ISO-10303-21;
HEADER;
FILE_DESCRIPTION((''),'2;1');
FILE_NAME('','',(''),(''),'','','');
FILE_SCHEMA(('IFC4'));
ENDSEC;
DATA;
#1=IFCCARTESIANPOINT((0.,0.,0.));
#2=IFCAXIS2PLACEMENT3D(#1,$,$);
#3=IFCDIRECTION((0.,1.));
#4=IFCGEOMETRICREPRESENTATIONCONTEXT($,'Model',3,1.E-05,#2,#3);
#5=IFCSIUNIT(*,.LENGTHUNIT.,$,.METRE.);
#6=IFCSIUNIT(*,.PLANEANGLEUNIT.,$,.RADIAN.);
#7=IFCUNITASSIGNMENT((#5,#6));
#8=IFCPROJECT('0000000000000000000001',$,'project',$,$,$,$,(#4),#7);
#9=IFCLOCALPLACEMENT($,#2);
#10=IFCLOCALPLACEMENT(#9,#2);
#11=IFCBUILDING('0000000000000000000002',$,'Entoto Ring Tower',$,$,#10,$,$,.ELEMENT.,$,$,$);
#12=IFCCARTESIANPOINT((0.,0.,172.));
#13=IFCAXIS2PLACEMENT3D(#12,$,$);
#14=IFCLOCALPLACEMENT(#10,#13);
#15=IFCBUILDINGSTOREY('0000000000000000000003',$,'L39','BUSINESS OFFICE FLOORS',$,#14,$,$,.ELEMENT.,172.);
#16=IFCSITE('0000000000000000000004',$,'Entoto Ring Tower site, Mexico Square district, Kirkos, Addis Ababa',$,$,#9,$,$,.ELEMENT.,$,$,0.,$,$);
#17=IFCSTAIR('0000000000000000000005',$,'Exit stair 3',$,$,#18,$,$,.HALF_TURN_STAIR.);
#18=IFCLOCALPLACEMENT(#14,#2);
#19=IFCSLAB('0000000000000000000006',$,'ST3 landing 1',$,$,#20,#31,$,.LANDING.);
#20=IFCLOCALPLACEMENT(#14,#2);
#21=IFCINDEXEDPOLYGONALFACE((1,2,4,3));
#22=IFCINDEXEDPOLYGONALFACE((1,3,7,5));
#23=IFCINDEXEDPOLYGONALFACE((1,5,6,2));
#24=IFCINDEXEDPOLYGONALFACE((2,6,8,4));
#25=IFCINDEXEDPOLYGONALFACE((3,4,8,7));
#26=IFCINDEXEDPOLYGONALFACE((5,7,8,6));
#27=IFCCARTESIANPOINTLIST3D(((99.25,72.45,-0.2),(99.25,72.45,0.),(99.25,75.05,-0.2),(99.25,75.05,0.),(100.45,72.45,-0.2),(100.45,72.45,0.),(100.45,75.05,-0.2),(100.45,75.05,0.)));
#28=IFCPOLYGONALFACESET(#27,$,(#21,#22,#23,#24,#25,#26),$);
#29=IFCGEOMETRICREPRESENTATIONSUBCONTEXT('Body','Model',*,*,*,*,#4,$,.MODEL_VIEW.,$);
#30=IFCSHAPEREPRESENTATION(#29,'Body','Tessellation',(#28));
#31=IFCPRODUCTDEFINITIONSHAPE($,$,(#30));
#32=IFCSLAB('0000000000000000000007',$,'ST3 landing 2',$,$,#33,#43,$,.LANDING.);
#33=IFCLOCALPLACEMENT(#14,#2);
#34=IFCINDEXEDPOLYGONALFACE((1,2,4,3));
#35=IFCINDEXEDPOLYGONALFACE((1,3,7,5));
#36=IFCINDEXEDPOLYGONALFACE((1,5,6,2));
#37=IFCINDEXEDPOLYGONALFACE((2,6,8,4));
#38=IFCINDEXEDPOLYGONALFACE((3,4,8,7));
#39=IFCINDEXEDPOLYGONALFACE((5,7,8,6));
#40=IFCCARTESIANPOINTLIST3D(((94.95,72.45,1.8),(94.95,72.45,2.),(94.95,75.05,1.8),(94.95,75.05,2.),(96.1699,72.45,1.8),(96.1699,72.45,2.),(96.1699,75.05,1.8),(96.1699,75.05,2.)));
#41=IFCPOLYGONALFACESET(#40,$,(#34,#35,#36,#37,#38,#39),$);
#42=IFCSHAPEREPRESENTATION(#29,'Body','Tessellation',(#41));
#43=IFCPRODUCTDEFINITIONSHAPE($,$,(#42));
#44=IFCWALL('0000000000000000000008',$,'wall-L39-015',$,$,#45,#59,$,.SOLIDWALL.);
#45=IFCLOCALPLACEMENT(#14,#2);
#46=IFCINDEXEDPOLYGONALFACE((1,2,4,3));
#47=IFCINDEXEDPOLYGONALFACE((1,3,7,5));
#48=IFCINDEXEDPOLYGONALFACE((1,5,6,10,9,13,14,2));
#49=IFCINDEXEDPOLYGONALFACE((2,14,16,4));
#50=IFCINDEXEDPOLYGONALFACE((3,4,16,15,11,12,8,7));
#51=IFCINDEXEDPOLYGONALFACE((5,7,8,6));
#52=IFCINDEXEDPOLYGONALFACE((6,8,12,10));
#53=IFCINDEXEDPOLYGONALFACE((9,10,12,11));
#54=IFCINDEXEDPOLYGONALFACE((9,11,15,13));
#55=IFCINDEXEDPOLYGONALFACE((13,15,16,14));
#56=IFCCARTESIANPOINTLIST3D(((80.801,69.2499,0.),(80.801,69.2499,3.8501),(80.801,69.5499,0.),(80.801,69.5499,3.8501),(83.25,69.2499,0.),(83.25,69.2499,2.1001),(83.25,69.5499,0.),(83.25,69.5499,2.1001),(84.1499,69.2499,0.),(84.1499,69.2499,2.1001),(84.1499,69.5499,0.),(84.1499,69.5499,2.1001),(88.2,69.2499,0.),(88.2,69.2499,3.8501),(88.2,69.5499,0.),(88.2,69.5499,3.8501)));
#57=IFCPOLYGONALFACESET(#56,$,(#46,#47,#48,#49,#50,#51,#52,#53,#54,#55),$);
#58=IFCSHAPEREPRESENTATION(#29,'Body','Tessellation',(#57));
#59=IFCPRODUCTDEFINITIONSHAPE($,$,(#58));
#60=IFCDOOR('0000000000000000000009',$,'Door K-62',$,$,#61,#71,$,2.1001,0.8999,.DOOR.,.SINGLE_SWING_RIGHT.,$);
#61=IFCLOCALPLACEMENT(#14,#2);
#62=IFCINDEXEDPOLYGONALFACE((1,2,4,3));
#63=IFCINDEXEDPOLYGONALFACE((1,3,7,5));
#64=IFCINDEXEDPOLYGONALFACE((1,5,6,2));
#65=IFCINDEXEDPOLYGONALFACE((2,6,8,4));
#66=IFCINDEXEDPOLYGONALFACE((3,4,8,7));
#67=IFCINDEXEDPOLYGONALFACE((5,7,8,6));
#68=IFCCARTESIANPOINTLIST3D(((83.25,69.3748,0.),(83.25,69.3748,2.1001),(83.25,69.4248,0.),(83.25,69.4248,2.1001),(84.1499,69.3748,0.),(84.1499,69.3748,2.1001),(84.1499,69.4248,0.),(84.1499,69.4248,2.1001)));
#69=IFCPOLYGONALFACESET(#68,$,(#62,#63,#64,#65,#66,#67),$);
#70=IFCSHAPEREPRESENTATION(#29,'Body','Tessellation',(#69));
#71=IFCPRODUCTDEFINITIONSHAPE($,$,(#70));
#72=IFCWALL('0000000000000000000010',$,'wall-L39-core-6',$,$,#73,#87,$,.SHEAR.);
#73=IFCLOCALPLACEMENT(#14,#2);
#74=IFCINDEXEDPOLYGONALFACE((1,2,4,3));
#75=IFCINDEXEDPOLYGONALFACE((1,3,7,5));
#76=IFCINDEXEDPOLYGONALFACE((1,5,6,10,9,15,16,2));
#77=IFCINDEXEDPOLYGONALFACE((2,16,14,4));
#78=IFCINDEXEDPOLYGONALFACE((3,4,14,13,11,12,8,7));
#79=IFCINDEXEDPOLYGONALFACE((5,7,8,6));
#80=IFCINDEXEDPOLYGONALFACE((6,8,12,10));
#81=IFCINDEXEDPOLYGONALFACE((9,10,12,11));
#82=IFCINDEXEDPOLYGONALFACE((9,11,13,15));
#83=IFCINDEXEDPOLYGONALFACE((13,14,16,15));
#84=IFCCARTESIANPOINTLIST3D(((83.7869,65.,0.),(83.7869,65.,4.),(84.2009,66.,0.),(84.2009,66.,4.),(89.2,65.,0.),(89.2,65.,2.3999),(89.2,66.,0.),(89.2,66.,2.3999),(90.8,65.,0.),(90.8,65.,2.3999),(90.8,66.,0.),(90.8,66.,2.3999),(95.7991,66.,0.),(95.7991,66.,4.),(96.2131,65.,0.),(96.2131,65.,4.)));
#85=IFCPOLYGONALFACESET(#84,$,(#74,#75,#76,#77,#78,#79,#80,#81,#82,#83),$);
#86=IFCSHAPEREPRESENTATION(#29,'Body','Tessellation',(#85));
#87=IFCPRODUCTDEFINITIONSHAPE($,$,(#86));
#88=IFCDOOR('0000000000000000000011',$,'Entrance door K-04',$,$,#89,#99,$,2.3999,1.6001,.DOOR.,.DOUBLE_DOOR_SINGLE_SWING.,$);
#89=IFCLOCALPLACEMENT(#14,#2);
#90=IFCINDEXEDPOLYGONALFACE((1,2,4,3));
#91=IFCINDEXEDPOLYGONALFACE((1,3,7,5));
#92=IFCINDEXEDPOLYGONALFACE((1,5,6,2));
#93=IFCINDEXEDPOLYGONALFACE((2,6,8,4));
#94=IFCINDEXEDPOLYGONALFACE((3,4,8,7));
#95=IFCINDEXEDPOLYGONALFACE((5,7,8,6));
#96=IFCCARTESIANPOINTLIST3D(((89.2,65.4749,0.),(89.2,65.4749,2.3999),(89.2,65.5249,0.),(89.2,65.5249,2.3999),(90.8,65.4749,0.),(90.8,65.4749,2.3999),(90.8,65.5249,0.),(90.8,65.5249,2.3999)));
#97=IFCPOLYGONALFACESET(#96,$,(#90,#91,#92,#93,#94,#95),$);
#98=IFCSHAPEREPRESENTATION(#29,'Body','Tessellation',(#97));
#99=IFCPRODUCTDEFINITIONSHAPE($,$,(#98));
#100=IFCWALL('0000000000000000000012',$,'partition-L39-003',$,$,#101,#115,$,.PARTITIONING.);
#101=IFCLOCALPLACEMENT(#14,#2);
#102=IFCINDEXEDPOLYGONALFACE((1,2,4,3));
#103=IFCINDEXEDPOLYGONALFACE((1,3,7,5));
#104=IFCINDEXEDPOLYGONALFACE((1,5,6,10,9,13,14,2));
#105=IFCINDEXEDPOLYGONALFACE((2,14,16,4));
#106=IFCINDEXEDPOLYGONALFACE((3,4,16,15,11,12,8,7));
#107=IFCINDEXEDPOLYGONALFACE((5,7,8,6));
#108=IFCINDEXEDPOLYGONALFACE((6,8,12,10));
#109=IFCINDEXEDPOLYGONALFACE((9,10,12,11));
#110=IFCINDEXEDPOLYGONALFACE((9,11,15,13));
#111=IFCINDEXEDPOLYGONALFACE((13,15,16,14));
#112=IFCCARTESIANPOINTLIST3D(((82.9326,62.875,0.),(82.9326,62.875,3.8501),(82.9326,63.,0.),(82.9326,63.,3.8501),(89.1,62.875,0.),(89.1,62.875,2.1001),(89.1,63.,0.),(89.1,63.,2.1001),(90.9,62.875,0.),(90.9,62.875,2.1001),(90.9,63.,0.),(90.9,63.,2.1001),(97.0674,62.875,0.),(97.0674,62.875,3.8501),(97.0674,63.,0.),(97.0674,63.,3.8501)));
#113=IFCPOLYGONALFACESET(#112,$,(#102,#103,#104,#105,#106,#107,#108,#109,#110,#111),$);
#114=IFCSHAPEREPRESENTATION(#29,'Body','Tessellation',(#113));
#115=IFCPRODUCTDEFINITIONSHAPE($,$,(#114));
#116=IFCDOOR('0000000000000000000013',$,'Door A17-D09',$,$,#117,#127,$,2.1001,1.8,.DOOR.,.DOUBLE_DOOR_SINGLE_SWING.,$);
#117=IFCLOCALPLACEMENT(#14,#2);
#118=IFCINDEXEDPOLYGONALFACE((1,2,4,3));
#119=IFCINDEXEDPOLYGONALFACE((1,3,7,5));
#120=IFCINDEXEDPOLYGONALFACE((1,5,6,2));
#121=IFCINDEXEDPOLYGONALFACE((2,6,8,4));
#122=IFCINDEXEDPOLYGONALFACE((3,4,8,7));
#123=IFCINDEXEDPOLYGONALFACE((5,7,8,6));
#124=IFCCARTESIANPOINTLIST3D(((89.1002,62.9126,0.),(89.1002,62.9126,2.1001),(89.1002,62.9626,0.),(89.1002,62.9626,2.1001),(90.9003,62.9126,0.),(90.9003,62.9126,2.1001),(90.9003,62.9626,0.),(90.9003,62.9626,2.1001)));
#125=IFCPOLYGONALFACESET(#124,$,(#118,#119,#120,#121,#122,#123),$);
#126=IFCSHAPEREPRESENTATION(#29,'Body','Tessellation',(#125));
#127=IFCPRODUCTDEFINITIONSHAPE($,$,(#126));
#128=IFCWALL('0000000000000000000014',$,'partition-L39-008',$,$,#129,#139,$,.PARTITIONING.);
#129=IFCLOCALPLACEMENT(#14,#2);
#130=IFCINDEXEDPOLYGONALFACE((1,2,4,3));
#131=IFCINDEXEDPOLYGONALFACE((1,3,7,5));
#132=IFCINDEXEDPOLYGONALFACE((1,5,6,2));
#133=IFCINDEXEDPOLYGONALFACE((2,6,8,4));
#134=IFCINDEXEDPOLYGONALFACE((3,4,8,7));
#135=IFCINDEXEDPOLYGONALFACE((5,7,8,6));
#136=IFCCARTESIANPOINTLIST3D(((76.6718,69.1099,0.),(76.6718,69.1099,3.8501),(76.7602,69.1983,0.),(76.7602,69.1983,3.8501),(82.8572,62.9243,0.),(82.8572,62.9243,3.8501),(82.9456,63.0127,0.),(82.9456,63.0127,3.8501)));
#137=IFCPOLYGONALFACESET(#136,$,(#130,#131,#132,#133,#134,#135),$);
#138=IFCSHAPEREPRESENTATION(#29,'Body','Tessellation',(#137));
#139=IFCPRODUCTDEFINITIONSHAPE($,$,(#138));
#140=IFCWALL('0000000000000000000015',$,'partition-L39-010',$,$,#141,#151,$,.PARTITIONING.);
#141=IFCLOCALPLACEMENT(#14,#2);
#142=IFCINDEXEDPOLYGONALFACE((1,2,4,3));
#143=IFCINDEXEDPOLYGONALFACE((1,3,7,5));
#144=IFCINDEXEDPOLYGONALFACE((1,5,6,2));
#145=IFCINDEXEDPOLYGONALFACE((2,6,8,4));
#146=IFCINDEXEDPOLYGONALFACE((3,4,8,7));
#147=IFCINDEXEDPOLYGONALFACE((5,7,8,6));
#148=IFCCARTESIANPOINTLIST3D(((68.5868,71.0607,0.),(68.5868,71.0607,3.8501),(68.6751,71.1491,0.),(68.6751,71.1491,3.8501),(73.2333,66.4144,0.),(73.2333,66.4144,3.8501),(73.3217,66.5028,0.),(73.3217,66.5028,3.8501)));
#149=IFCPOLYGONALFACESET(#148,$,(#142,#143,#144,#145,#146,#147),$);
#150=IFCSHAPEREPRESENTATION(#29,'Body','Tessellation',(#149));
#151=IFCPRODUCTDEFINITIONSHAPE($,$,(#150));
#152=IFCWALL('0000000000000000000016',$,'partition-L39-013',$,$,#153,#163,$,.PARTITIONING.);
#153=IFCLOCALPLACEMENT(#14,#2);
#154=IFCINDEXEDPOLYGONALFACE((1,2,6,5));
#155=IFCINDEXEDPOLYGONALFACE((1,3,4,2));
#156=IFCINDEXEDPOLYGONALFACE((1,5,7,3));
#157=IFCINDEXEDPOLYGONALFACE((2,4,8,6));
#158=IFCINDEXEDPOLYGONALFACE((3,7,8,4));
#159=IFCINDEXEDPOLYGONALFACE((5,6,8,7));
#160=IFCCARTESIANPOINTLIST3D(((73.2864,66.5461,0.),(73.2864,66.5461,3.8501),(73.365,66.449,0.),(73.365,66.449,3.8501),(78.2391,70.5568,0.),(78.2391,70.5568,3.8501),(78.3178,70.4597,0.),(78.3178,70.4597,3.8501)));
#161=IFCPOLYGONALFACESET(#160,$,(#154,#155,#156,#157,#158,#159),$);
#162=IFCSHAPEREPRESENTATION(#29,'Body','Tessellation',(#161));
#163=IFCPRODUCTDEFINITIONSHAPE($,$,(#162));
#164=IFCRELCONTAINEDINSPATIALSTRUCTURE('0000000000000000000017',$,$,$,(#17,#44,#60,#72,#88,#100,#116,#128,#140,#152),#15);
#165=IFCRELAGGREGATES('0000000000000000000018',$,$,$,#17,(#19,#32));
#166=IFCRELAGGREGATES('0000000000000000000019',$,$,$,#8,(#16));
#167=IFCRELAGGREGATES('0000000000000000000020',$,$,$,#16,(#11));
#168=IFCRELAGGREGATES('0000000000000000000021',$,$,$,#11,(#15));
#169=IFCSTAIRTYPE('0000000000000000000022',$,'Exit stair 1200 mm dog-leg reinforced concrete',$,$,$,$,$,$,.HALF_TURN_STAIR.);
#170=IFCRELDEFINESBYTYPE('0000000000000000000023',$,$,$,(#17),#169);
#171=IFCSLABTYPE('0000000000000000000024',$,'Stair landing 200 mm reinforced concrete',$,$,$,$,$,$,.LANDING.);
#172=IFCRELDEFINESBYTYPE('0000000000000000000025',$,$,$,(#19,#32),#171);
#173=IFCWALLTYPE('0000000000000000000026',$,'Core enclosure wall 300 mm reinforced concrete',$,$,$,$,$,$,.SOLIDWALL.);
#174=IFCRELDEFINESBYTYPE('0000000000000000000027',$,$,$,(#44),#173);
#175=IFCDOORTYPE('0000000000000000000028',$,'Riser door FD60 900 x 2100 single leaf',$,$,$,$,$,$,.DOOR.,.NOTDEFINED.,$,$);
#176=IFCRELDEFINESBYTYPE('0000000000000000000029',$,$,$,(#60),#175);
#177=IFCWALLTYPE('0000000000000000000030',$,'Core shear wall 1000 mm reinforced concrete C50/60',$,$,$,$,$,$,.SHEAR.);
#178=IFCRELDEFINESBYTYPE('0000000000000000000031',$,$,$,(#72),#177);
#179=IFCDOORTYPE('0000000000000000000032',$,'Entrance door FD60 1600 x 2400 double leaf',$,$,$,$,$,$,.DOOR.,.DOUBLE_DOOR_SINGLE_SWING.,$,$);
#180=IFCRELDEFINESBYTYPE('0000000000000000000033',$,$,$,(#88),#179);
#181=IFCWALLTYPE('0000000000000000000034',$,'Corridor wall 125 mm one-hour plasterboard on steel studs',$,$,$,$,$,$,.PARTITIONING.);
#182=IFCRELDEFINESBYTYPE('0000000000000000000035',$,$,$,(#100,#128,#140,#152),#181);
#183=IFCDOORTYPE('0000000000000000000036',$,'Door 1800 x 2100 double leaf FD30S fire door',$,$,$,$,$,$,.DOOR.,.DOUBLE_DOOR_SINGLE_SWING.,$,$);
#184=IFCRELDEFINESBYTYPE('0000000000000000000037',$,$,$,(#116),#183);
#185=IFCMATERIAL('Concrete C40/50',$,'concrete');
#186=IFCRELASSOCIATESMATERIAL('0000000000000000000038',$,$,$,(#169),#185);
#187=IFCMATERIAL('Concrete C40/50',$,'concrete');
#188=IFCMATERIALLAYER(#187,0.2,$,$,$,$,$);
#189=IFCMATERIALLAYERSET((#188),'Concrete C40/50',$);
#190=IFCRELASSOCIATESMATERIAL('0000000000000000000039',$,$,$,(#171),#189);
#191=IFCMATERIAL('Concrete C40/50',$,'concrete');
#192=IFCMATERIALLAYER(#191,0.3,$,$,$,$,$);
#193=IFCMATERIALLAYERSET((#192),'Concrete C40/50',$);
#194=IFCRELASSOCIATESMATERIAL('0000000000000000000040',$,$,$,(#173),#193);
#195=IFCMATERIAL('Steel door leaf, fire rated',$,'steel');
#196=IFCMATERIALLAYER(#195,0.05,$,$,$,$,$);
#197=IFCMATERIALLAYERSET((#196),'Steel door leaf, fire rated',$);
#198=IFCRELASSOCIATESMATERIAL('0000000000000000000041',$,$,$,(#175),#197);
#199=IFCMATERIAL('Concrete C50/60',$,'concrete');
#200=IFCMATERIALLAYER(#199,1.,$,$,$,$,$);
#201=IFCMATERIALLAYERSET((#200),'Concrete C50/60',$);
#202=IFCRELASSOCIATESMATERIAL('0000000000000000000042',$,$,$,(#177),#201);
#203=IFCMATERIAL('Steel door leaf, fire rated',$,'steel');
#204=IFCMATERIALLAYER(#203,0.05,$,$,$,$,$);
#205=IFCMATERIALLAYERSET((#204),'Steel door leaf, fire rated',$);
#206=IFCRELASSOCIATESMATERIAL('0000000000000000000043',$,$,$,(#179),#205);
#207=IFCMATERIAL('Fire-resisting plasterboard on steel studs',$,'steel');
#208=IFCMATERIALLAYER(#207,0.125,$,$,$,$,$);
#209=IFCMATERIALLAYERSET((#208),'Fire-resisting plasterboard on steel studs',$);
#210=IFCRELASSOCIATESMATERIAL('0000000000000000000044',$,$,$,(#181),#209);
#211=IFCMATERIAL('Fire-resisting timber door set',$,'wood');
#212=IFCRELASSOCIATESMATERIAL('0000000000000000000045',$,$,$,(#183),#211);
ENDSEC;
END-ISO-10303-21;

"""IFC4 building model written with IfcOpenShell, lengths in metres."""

from ifc_helpers import new_model, si_unit, direction, frame, frame_2d, origin, place, context, subcontext, project, spatial, polyline, rectangle, outline, extrude, material, layer, layer_set, type_object, element, fill, aggregate, save


model = new_model("IFC4")

# Units and contexts
model_context = context("Model", 3, precision=1e-05, world=origin(), true_north=direction((0.0, 1.0)))
body_context = subcontext(model_context, "Body", "Model", "MODEL_VIEW")
ifc_project = project(units=[si_unit("LENGTHUNIT", "METRE"), si_unit("PLANEANGLEUNIT", "RADIAN")], contexts=[model_context])

# Site, building, storey
site_placement = place(None, origin())
site = spatial("IfcSite", under=ifc_project, at=site_placement, Name="Entoto Ring Tower site, Mexico Square district, Kirkos, Addis Ababa", CompositionType="ELEMENT", RefElevation=0.0)
building_placement = place(site_placement, origin())
building = spatial("IfcBuilding", under=site, at=building_placement, Name="Entoto Ring Tower", CompositionType="ELEMENT")
storey_placement = place(building_placement, frame((0.0, 0.0, 172.0)))
storey = spatial("IfcBuildingStorey", under=building, at=storey_placement, Name="L39", Description="BUSINESS OFFICE FLOORS", CompositionType="ELEMENT", Elevation=172.0)

# Stair, slabs
ifc_material_1 = material(Name="Concrete C40/50", Category="concrete")
stair_type = type_object("IfcStairType", Name="Exit stair 1200 mm dog-leg reinforced concrete", PredefinedType="HALF_TURN_STAIR", material=ifc_material_1)
stair_placement = place(storey_placement, origin())
stair = element("IfcStair", 1, at=stair_placement, inside=storey, type_object=stair_type, Name="Exit stair 3", PredefinedType="HALF_TURN_STAIR")
ifc_material_2 = material(Name="Concrete C40/50", Category="concrete")
ifc_layer_1 = layer(ifc_material_2, 0.2)
ifc_layer_set_1 = layer_set([ifc_layer_1], Name="Concrete C40/50")
slab_type_1 = type_object("IfcSlabType", Name="Stair landing 200 mm reinforced concrete", PredefinedType="LANDING", material=ifc_layer_set_1)
slab_1_placement = place(storey_placement, frame((0.0, 0.0, -0.2)))
slab_1 = element("IfcSlab", 2, at=slab_1_placement, type_object=slab_type_1, Name="ST3 landing 1", PredefinedType="LANDING", context=body_context, shape_type="SweptSolid", body=[
    extrude(outline(polyline([(100.45, 72.45), (100.45, 75.05), (99.25, 75.05), (99.25, 72.45), (100.45, 72.45)])), origin(), (0.0, 0.0, 1.0), 0.2),
])
slab_2_placement = place(storey_placement, frame((0.0, 0.0, 1.8)))
slab_2 = element("IfcSlab", 3, at=slab_2_placement, type_object=slab_type_1, Name="ST3 landing 2", PredefinedType="LANDING", context=body_context, shape_type="SweptSolid", body=[
    extrude(outline(polyline([(94.95, 72.45), (96.1699, 72.45), (96.1699, 75.05), (94.95, 75.05), (94.95, 72.45)])), origin(), (0.0, 0.0, 1.0), 0.2),
])
aggregate(stair, [slab_1, slab_2])

# Walls, openings, doors
ifc_material_3 = material(Name="Concrete C40/50", Category="concrete")
ifc_layer_2 = layer(ifc_material_3, 0.3)
ifc_layer_set_2 = layer_set([ifc_layer_2], Name="Concrete C40/50")
wall_type_1 = type_object("IfcWallType", Name="Core enclosure wall 300 mm reinforced concrete", PredefinedType="SOLIDWALL", material=ifc_layer_set_2)
wall_1_placement = place(storey_placement, frame((80.801, 69.3999, 0.0), z_axis=(0.0, 0.0, 1.0), x_axis=(1.0, 0.0, 0.0)))
wall_1 = element("IfcWall", 4, at=wall_1_placement, inside=storey, type_object=wall_type_1, Name="wall-L39-015", PredefinedType="SOLIDWALL", context=body_context, shape_type="SweptSolid", body=[
    extrude(rectangle(XDim=7.3989, YDim=0.3, at=frame_2d((3.6995, 0.0))), origin(), (0.0, 0.0, 1.0), 3.8501),
])
opening_1_placement = place(wall_1_placement, frame((2.449, 0.0, 0.0)))
opening_1 = element("IfcOpeningElement", 5, at=opening_1_placement, cuts=wall_1, PredefinedType="OPENING", context=body_context, shape_type="SweptSolid", body=[
    extrude(rectangle(XDim=0.8999, YDim=2.1001, at=frame_2d((0.45, 1.05))), frame((0.0, 0.1602, 0.0), z_axis=(0.0, -1.0, 0.0), x_axis=(1.0, 0.0, 0.0)), (0.0, 0.0, 1.0), 0.3201),
])
ifc_material_4 = material(Name="Steel door leaf, fire rated", Category="steel")
ifc_layer_3 = layer(ifc_material_4, 0.05)
ifc_layer_set_3 = layer_set([ifc_layer_3], Name="Steel door leaf, fire rated")
door_type_1 = type_object("IfcDoorType", Name="Riser door FD60 900 x 2100 single leaf", OperationType="NOTDEFINED", PredefinedType="DOOR", material=ifc_layer_set_3)
door_1_placement = place(opening_1_placement, origin())
door_1 = element("IfcDoor", 6, at=door_1_placement, inside=storey, type_object=door_type_1, Name="Door K-62", OperationType="SINGLE_SWING_RIGHT", OverallHeight=2.1001, OverallWidth=0.8999, PredefinedType="DOOR", context=body_context, shape_type="SweptSolid", body=[
    extrude(rectangle(XDim=0.8999, YDim=2.1001, at=frame_2d((0.45, 1.05))), frame((0.0, 0.0249, 0.0), z_axis=(0.0, -1.0, 0.0), x_axis=(1.0, 0.0, 0.0)), (0.0, 0.0, 1.0), 0.05),
])
fill(opening_1, door_1)
ifc_material_5 = material(Name="Concrete C50/60", Category="concrete")
ifc_layer_4 = layer(ifc_material_5, 1.0)
ifc_layer_set_4 = layer_set([ifc_layer_4], Name="Concrete C50/60")
wall_type_2 = type_object("IfcWallType", Name="Core shear wall 1000 mm reinforced concrete C50/60", PredefinedType="SHEAR", material=ifc_layer_set_4)
wall_2_placement = place(storey_placement, frame((83.9939, 65.5, 0.0), z_axis=(0.0, 0.0, 1.0), x_axis=(1.0, 0.0, 0.0)))
wall_2 = element("IfcWall", 7, at=wall_2_placement, inside=storey, type_object=wall_type_2, Name="wall-L39-core-6", PredefinedType="SHEAR", context=body_context, shape_type="SweptSolid", body=[
    extrude(outline(polyline([(-0.207, -0.5), (12.2192, -0.5), (11.8052, 0.5), (0.207, 0.5), (-0.207, -0.5)])), origin(), (0.0, 0.0, 1.0), 4.0),
])
opening_2_placement = place(wall_2_placement, frame((5.2061, 0.0, 0.0)))
opening_2 = element("IfcOpeningElement", 8, at=opening_2_placement, cuts=wall_2, PredefinedType="OPENING", context=body_context, shape_type="SweptSolid", body=[
    extrude(rectangle(XDim=1.6001, YDim=2.3999, at=frame_2d((0.8, 1.2))), frame((0.0, 0.51, 0.0), z_axis=(0.0, -1.0, 0.0), x_axis=(1.0, 0.0, 0.0)), (0.0, 0.0, 1.0), 1.02),
])
ifc_material_6 = material(Name="Steel door leaf, fire rated", Category="steel")
ifc_layer_5 = layer(ifc_material_6, 0.05)
ifc_layer_set_5 = layer_set([ifc_layer_5], Name="Steel door leaf, fire rated")
door_type_2 = type_object("IfcDoorType", Name="Entrance door FD60 1600 x 2400 double leaf", OperationType="DOUBLE_DOOR_SINGLE_SWING", PredefinedType="DOOR", material=ifc_layer_set_5)
door_2_placement = place(opening_2_placement, origin())
door_2 = element("IfcDoor", 9, at=door_2_placement, inside=storey, type_object=door_type_2, Name="Entrance door K-04", OperationType="DOUBLE_DOOR_SINGLE_SWING", OverallHeight=2.3999, OverallWidth=1.6001, PredefinedType="DOOR", context=body_context, shape_type="SweptSolid", body=[
    extrude(rectangle(XDim=1.6001, YDim=2.3999, at=frame_2d((0.8, 1.2))), frame((0.0, 0.0249, 0.0), z_axis=(0.0, -1.0, 0.0), x_axis=(1.0, 0.0, 0.0)), (0.0, 0.0, 1.0), 0.05),
])
fill(opening_2, door_2)
ifc_material_7 = material(Name="Fire-resisting plasterboard on steel studs", Category="steel")
ifc_layer_6 = layer(ifc_material_7, 0.125)
ifc_layer_set_6 = layer_set([ifc_layer_6], Name="Fire-resisting plasterboard on steel studs")
wall_type_3 = type_object("IfcWallType", Name="Corridor wall 125 mm one-hour plasterboard on steel studs", PredefinedType="PARTITIONING", material=ifc_layer_set_6)
wall_3_placement = place(storey_placement, frame((82.9326, 62.9375, 0.0), z_axis=(0.0, 0.0, 1.0), x_axis=(1.0, 0.0, 0.0)))
wall_3 = element("IfcWall", 10, at=wall_3_placement, inside=storey, type_object=wall_type_3, Name="partition-L39-003", PredefinedType="PARTITIONING", context=body_context, shape_type="SweptSolid", body=[
    extrude(rectangle(XDim=14.1348, YDim=0.125, at=frame_2d((7.0674, 0.0))), origin(), (0.0, 0.0, 1.0), 3.8501),
])
opening_3_placement = place(wall_3_placement, frame((6.1675, 0.0, 0.0)))
opening_3 = element("IfcOpeningElement", 11, at=opening_3_placement, cuts=wall_3, PredefinedType="OPENING", context=body_context, shape_type="SweptSolid", body=[
    extrude(rectangle(XDim=1.8, YDim=2.1001, at=frame_2d((0.8999, 1.05))), frame((0.0, 0.0725, 0.0), z_axis=(0.0, -1.0, 0.0), x_axis=(1.0, 0.0, 0.0)), (0.0, 0.0, 1.0), 0.145),
])
ifc_material_8 = material(Name="Fire-resisting timber door set", Category="wood")
door_type_3 = type_object("IfcDoorType", Name="Door 1800 x 2100 double leaf FD30S fire door", OperationType="DOUBLE_DOOR_SINGLE_SWING", PredefinedType="DOOR", material=ifc_material_8)
door_3_placement = place(opening_3_placement, frame((1.8, 0.0, 0.0), z_axis=(0.0, 0.0, 1.0), x_axis=(-1.0, 0.0, 0.0)))
door_3 = element("IfcDoor", 12, at=door_3_placement, inside=storey, type_object=door_type_3, Name="Door A17-D09", OperationType="DOUBLE_DOOR_SINGLE_SWING", OverallHeight=2.1001, OverallWidth=1.8, PredefinedType="DOOR", context=body_context, shape_type="SweptSolid", body=[
    extrude(rectangle(XDim=1.8, YDim=2.1001, at=frame_2d((0.8999, 1.05))), frame((0.0, 0.0249, 0.0), z_axis=(0.0, -1.0, 0.0), x_axis=(1.0, 0.0, 0.0)), (0.0, 0.0, 1.0), 0.05),
])
fill(opening_3, door_3)

# Walls
wall_4_placement = place(storey_placement, frame((82.9014, 62.9685, 0.0), z_axis=(0.0, 0.0, 1.0), x_axis=(-0.707093, 0.707121, 0.0)))
element("IfcWall", 13, at=wall_4_placement, inside=storey, type_object=wall_type_3, Name="partition-L39-008", PredefinedType="PARTITIONING", context=body_context, shape_type="SweptSolid", body=[
    extrude(rectangle(XDim=8.7476, YDim=0.125, at=frame_2d((4.3738, 0.0))), origin(), (0.0, 0.0, 1.0), 3.8501),
])
wall_5_placement = place(storey_placement, frame((73.2776, 66.4585, 0.0), z_axis=(0.0, 0.0, 1.0), x_axis=(-0.707125, 0.707088, 0.0)))
element("IfcWall", 14, at=wall_5_placement, inside=storey, type_object=wall_type_3, Name="partition-L39-010", PredefinedType="PARTITIONING", context=body_context, shape_type="SweptSolid", body=[
    extrude(rectangle(XDim=6.571, YDim=0.125, at=frame_2d((3.2856, 0.0))), origin(), (0.0, 0.0, 1.0), 3.8501),
])
wall_6_placement = place(storey_placement, frame((73.3257, 66.4976, 0.0), z_axis=(0.0, 0.0, 1.0), x_axis=(0.777148, 0.629318, 0.0)))
element("IfcWall", 15, at=wall_6_placement, inside=storey, type_object=wall_type_3, Name="partition-L39-013", PredefinedType="PARTITIONING", context=body_context, shape_type="SweptSolid", body=[
    extrude(rectangle(XDim=6.373, YDim=0.125, at=frame_2d((3.1865, 0.0))), origin(), (0.0, 0.0, 1.0), 3.8501),
])

save(model, "model.ifc")
